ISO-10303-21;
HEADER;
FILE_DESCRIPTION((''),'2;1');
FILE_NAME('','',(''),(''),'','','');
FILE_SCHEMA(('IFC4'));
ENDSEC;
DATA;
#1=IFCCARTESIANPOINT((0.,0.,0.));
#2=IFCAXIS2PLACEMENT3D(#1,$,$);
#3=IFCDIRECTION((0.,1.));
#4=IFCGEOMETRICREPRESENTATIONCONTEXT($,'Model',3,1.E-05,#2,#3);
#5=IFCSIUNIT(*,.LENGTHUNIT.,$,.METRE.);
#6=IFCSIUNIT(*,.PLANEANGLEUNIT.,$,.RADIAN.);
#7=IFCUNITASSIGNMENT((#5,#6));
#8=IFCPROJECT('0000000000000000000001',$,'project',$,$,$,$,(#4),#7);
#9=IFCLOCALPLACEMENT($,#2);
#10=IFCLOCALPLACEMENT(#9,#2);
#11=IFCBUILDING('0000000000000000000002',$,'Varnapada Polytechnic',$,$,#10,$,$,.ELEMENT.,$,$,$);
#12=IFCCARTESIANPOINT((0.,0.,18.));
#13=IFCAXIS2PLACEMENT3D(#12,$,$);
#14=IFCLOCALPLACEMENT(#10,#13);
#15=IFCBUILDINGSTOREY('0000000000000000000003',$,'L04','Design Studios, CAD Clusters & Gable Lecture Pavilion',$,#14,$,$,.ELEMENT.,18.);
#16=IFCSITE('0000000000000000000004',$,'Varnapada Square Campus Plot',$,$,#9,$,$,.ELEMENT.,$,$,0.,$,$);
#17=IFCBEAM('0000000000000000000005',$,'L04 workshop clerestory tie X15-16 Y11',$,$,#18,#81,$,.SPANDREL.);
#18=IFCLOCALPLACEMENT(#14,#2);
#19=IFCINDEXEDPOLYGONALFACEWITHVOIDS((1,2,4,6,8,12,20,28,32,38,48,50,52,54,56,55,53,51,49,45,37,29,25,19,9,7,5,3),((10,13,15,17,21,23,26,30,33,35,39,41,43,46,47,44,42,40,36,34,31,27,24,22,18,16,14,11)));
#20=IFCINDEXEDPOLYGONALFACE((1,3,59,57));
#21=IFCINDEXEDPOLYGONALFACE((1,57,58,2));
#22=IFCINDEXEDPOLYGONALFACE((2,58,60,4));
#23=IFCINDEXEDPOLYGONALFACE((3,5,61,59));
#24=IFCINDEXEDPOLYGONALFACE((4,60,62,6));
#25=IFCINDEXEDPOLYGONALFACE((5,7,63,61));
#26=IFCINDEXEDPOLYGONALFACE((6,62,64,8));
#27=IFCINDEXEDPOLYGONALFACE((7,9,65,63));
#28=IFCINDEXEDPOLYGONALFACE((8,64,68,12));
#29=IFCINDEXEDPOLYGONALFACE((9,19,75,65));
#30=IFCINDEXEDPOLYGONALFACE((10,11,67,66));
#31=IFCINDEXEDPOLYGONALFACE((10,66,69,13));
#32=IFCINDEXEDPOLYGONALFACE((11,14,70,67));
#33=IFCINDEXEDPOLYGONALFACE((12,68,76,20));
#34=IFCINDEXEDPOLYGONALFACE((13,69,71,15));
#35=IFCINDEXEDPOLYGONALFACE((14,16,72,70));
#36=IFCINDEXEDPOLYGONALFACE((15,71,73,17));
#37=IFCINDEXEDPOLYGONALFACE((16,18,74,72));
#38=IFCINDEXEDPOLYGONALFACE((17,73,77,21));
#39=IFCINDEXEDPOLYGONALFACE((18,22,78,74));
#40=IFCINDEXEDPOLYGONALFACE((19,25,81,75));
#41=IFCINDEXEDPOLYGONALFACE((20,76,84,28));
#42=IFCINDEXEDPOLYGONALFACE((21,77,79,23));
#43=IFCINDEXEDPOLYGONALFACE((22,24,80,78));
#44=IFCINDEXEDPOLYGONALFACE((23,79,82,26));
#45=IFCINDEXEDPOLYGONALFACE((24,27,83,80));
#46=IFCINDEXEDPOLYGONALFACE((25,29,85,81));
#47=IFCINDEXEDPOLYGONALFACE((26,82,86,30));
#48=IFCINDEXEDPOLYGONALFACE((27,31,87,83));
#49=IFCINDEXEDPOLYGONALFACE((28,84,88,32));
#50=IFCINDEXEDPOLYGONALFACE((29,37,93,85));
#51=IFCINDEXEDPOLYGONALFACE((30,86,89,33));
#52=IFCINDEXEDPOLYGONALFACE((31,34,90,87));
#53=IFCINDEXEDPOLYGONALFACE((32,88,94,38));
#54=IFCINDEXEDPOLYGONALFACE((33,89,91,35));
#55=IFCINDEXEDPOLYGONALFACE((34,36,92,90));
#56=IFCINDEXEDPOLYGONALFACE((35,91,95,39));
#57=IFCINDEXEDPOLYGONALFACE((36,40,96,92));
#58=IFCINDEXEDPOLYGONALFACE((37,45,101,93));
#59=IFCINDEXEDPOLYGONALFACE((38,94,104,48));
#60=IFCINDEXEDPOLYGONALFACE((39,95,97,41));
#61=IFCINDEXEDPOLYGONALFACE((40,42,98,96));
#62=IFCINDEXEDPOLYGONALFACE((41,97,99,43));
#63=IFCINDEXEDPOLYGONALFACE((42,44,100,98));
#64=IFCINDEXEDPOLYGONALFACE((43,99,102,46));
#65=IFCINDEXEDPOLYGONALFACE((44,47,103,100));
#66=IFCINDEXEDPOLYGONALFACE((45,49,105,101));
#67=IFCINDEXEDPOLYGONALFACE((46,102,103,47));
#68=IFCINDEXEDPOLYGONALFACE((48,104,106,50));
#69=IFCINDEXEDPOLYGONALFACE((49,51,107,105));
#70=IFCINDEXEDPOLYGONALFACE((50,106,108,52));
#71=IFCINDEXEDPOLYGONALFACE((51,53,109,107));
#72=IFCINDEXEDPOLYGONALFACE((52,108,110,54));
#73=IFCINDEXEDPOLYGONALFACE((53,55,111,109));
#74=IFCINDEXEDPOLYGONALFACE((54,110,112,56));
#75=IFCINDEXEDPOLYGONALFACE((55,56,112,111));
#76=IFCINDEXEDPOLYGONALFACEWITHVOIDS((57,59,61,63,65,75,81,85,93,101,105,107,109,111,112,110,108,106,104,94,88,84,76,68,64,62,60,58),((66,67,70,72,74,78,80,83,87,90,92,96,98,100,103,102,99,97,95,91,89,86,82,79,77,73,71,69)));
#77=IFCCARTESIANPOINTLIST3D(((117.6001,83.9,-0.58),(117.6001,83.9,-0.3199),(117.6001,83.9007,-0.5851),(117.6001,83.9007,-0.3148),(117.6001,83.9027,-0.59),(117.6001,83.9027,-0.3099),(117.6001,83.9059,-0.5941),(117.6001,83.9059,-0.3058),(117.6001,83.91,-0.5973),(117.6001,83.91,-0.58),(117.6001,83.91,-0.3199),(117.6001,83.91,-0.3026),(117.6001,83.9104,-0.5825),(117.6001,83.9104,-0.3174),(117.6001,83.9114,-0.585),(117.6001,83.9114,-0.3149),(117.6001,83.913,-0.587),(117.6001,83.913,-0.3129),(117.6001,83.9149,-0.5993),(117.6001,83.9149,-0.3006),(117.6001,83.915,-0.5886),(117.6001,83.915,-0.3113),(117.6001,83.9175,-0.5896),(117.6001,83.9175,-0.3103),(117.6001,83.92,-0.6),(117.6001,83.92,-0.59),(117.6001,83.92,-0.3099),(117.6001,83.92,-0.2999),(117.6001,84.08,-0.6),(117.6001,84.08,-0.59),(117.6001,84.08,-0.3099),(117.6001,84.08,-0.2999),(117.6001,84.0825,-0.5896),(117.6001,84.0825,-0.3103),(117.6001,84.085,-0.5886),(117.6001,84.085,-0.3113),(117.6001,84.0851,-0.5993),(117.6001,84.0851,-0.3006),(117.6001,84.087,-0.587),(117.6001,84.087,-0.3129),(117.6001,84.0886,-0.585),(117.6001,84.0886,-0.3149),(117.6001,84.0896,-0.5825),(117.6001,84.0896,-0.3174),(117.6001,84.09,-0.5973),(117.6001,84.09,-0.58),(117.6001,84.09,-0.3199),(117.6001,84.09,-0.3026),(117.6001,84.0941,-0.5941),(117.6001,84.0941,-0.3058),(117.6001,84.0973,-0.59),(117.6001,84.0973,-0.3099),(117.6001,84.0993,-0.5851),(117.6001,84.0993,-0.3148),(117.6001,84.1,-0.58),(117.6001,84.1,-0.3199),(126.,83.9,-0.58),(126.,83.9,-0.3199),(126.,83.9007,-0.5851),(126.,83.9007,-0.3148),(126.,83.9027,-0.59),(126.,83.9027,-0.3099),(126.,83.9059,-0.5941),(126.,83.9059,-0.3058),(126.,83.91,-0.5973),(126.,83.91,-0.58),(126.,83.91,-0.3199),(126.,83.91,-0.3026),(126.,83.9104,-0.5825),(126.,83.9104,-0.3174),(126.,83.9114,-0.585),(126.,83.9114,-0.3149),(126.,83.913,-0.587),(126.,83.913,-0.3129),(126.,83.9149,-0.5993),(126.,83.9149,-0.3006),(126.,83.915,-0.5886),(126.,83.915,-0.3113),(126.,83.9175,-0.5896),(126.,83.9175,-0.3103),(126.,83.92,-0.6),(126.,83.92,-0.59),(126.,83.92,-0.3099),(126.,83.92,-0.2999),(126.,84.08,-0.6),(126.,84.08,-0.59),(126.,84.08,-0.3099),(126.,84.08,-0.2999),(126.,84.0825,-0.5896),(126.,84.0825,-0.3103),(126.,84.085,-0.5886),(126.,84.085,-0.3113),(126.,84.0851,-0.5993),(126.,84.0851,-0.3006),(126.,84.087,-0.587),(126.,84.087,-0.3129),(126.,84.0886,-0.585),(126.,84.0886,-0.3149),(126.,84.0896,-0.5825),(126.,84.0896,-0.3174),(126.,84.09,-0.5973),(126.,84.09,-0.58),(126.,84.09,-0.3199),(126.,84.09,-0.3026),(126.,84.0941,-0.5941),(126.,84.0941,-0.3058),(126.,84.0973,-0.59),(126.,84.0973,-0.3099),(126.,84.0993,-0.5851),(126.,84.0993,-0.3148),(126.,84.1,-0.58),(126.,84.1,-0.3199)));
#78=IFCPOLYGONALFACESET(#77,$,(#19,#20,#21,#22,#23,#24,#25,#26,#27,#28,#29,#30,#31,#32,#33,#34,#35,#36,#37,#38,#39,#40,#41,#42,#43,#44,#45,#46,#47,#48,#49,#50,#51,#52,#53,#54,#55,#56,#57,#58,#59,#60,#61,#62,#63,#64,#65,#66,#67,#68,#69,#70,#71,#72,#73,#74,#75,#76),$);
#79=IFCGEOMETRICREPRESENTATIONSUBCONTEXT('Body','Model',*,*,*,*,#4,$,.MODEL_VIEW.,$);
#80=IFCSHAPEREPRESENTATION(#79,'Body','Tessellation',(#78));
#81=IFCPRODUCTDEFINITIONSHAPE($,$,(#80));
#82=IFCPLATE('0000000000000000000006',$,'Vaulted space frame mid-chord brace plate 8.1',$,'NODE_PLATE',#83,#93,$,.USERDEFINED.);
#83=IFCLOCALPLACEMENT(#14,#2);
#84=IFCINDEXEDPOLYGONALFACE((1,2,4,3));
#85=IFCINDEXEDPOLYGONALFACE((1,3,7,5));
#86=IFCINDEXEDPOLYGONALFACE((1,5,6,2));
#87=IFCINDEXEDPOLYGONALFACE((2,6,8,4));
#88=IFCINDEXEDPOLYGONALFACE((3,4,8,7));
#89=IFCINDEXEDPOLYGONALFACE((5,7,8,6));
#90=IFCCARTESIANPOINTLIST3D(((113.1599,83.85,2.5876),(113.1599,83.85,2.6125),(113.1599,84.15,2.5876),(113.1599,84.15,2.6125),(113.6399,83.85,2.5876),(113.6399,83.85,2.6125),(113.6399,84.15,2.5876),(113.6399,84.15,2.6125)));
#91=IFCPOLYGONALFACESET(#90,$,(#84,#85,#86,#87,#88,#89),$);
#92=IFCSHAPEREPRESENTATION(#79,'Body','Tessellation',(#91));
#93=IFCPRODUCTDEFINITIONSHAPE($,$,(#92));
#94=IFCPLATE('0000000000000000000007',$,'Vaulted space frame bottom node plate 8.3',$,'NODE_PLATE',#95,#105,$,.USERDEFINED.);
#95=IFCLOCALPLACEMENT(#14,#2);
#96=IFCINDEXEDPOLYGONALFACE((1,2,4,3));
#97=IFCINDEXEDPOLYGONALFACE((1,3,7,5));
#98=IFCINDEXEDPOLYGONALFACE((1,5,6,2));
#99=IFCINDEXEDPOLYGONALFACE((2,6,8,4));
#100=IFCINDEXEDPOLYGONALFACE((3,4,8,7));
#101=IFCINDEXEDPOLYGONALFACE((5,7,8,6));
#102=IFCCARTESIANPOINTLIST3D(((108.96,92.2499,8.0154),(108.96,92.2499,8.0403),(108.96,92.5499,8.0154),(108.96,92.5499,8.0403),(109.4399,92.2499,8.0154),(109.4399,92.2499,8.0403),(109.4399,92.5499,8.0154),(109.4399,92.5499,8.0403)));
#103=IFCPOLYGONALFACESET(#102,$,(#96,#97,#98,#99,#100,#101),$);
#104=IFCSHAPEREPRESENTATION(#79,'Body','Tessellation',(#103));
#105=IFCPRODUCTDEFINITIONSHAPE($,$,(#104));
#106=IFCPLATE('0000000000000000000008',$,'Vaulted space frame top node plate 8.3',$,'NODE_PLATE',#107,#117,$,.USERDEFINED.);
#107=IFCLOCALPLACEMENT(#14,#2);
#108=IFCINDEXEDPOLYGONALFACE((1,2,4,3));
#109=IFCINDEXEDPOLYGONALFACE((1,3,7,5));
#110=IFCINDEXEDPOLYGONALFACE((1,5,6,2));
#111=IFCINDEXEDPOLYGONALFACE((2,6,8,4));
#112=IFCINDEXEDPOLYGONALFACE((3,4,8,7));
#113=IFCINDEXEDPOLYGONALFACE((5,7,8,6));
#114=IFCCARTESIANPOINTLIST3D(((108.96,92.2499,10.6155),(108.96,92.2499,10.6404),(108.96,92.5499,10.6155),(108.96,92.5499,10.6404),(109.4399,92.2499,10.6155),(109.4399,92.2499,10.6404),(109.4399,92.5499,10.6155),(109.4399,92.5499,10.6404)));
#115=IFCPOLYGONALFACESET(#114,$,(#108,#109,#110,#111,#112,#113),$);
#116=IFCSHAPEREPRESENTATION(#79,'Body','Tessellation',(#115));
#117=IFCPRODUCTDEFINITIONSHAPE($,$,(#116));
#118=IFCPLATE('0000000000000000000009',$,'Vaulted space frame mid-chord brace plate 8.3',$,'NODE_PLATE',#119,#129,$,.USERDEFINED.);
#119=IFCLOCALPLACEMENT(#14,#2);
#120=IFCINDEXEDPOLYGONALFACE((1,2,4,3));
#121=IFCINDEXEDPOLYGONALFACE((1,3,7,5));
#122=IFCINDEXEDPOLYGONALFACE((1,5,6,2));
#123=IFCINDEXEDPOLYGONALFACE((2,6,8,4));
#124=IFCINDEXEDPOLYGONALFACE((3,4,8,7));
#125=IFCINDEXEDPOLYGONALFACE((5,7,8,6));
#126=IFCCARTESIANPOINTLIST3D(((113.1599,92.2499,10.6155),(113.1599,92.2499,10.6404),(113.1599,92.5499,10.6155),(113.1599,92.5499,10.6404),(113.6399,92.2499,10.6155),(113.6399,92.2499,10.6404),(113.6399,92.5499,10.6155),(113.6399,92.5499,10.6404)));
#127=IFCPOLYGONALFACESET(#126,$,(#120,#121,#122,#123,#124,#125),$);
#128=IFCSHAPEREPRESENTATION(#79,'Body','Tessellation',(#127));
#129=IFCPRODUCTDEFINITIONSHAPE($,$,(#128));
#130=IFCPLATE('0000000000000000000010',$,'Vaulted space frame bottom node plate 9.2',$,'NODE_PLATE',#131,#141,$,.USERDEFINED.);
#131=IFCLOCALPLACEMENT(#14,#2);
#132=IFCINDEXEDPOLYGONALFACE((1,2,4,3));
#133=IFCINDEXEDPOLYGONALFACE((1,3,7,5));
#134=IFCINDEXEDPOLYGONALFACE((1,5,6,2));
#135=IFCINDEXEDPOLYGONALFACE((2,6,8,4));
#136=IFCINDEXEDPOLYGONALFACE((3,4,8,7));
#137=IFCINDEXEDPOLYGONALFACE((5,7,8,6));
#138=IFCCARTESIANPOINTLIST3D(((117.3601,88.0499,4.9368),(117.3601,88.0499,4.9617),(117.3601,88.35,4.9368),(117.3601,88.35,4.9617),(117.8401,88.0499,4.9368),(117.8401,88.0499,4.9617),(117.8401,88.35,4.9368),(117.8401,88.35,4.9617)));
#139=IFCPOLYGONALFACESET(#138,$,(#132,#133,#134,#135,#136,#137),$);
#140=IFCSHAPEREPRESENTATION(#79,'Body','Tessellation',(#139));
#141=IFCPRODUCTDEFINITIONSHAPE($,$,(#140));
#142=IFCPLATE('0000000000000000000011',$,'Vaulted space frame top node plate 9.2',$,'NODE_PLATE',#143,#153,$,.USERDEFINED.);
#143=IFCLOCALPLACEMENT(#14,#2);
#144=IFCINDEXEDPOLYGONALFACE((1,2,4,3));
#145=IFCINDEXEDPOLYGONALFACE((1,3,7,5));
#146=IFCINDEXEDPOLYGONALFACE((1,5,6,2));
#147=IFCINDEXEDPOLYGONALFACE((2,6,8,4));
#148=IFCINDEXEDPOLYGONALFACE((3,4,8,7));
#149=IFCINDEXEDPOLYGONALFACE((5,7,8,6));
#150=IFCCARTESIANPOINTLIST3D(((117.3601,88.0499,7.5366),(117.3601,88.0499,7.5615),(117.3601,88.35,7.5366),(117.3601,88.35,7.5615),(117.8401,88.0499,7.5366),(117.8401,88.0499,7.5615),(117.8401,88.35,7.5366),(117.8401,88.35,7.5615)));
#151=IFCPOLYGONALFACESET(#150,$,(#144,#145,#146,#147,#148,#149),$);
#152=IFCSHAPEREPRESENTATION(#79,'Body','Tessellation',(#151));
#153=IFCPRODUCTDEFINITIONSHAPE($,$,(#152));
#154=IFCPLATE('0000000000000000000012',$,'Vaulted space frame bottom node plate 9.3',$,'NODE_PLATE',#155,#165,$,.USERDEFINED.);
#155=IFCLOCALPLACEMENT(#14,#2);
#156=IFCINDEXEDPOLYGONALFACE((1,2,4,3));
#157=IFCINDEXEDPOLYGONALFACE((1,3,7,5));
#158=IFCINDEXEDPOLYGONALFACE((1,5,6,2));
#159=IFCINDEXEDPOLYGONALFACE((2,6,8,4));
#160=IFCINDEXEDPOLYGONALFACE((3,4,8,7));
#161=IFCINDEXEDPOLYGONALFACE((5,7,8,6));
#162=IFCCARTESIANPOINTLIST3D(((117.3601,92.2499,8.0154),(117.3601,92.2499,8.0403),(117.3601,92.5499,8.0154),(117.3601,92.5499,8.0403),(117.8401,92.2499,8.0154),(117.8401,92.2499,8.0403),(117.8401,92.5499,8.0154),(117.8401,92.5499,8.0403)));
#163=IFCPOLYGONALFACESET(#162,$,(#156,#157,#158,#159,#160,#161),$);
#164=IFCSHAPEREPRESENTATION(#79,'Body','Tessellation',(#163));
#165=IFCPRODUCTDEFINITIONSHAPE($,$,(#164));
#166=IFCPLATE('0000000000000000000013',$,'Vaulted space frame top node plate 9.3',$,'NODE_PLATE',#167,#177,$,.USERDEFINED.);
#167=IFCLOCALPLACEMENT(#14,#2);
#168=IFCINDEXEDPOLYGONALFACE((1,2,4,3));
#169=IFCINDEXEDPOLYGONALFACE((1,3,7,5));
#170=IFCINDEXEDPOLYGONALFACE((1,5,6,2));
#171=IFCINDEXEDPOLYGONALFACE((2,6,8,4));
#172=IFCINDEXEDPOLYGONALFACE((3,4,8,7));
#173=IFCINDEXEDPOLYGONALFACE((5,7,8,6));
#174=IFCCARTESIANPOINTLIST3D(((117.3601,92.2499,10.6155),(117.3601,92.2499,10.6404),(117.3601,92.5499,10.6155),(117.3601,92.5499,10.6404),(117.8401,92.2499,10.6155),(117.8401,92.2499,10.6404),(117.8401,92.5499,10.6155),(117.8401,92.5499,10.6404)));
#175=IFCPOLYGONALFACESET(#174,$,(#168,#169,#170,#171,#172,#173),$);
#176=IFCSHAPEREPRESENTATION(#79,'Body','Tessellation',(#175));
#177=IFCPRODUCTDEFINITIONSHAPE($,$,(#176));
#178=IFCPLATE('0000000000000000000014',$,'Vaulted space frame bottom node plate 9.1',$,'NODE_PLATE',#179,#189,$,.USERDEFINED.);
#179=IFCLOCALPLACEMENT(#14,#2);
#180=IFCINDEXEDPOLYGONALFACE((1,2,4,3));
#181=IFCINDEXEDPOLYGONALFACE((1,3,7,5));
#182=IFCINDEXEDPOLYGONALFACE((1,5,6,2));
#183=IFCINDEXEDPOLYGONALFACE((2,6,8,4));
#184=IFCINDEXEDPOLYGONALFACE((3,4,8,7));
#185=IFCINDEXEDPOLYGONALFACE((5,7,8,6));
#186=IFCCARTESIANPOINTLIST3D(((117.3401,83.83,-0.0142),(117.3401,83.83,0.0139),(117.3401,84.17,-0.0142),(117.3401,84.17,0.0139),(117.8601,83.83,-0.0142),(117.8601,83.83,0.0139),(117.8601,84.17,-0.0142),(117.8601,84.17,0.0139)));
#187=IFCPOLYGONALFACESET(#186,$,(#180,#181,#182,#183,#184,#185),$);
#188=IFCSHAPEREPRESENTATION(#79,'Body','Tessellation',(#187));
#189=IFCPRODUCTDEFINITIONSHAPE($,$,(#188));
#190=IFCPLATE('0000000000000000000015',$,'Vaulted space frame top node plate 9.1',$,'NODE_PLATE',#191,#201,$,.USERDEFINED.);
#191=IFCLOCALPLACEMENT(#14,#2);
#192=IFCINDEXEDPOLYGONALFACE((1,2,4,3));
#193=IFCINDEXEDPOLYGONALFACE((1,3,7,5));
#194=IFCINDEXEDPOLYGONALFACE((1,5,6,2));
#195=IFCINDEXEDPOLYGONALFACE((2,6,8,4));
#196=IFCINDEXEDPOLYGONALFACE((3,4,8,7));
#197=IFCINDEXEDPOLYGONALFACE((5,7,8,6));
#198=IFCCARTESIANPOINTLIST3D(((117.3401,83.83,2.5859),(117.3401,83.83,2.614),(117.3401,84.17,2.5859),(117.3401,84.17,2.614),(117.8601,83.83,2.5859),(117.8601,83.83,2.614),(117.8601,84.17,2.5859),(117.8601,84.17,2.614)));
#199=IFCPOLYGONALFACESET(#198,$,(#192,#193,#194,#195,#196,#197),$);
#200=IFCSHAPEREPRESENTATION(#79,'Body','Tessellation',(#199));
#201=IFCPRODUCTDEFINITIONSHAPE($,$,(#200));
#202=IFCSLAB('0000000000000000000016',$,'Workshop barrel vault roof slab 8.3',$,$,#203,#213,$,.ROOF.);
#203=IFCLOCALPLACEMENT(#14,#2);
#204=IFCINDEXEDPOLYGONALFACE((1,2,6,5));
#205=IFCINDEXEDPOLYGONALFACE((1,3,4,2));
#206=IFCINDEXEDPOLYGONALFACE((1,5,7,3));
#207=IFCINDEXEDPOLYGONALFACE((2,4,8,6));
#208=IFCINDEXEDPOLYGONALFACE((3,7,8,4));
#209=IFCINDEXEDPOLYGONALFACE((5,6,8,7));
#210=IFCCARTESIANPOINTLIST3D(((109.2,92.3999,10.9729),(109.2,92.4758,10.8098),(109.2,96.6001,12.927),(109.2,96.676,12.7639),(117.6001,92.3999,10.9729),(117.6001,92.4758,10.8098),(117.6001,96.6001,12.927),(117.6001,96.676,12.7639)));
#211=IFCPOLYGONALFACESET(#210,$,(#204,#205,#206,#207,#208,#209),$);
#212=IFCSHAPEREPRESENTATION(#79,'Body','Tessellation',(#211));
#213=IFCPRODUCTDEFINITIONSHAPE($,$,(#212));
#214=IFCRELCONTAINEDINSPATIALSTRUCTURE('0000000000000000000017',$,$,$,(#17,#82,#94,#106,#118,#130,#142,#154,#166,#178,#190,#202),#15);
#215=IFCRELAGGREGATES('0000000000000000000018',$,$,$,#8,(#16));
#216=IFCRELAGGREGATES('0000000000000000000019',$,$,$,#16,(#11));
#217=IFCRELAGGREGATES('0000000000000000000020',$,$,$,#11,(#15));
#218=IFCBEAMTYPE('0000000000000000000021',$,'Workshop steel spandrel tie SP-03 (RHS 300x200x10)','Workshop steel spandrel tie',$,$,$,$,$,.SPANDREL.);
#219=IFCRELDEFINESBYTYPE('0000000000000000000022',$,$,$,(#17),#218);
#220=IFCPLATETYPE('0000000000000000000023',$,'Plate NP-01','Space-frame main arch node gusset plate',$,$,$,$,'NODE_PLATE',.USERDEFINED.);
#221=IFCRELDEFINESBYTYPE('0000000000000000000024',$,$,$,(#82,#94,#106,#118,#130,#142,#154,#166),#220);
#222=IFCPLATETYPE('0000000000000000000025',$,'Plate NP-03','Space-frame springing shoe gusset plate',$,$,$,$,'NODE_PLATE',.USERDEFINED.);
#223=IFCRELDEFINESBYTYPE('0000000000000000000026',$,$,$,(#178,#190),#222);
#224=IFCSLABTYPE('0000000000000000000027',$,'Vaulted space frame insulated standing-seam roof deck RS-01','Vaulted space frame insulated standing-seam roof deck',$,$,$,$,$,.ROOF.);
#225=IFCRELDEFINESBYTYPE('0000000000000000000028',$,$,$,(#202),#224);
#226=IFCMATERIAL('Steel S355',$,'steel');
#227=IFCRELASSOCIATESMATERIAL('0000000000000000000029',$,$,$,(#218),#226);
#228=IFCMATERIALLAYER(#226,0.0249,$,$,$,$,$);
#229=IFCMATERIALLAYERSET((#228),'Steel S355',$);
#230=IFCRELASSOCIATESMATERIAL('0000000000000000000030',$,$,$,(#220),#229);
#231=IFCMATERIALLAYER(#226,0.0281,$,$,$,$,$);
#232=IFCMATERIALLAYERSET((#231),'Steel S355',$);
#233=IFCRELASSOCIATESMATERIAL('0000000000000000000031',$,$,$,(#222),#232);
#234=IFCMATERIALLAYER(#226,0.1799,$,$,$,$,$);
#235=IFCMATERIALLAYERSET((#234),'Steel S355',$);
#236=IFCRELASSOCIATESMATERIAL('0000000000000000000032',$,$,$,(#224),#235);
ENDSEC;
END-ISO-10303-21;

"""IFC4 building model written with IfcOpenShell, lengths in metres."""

from ifc_helpers import new_model, si_unit, direction, frame, origin, origin_2d, place, context, subcontext, project, spatial, polyline, rectangle, hollow_rectangle, outline, extrude, material, layer, layer_set, material_profile, profile_set, type_object, element, save


model = new_model("IFC4")

# Units and contexts
model_context = context("Model", 3, precision=1e-05, world=origin(), true_north=direction((0.0, 1.0)))
body_context = subcontext(model_context, "Body", "Model", "MODEL_VIEW")
ifc_project = project(units=[si_unit("LENGTHUNIT", "METRE"), si_unit("PLANEANGLEUNIT", "RADIAN")], contexts=[model_context])

# Site, building, storey
site_placement = place(None, origin())
site = spatial("IfcSite", under=ifc_project, at=site_placement, Name="Varnapada Square Campus Plot", CompositionType="ELEMENT", RefElevation=0.0)
building_placement = place(site_placement, origin())
building = spatial("IfcBuilding", under=site, at=building_placement, Name="Varnapada Polytechnic", CompositionType="ELEMENT")
storey_placement = place(building_placement, frame((0.0, 0.0, 18.0)))
storey = spatial("IfcBuildingStorey", under=building, at=storey_placement, Name="L04", Description="Design Studios, CAD Clusters & Gable Lecture Pavilion", CompositionType="ELEMENT", Elevation=18.0)

# Shared definitions
ifc_material = material(Name="Steel S355", Category="steel")

# Beam
ifc_material_profile_1 = material_profile(ifc_material, hollow_rectangle(XDim=0.2, YDim=0.3, WallThickness=0.01, InnerFilletRadius=0.01, OuterFilletRadius=0.02, at=origin_2d()), Name="RHS 300x200x10")
ifc_profile_set_1 = profile_set([ifc_material_profile_1], Name="Steel S355")
beam_type_1 = type_object("IfcBeamType", Name="Workshop steel spandrel tie SP-03 (RHS 300x200x10)", Description="Workshop steel spandrel tie", PredefinedType="SPANDREL", material=ifc_profile_set_1)
beam_1_placement = place(storey_placement, frame((117.6001, 84.0, -0.45), z_axis=(1.0, 0.0, 0.0), x_axis=(0.0, 1.0, 0.0)))
element("IfcBeam", 1, at=beam_1_placement, inside=storey, type_object=beam_type_1, Name="L04 workshop clerestory tie X15-16 Y11", PredefinedType="SPANDREL", context=body_context, shape_type="SweptSolid", body=[
    extrude(hollow_rectangle(XDim=0.2, YDim=0.3, WallThickness=0.01, InnerFilletRadius=0.01, OuterFilletRadius=0.02, at=origin_2d()), origin(), (0.0, 0.0, 1.0), 8.3999),
])

# Plates
ifc_layer_1 = layer(ifc_material, 0.0249)
ifc_layer_set_1 = layer_set([ifc_layer_1], Name="Steel S355")
plate_type_1 = type_object("IfcPlateType", Name="Plate NP-01", Description="Space-frame main arch node gusset plate", ElementType="NODE_PLATE", PredefinedType="USERDEFINED", material=ifc_layer_set_1)
for number, where, z_axis, x_axis, name in (
    (2, (113.3999, 84.0, 2.5876), (0.0, 0.0, 1.0), (1.0, 0.0, 0.0), "Vaulted space frame mid-chord brace plate 8.1"),
    (3, (109.2, 92.3999, 8.0154), (0.0, 0.0, 1.0), (1.0, 0.0, 0.0), "Vaulted space frame bottom node plate 8.3"),
    (4, (109.2, 92.3999, 10.6155), (0.0, 0.0, 1.0), (1.0, 0.0, 0.0), "Vaulted space frame top node plate 8.3"),
    (5, (113.3999, 92.3999, 10.6155), (0.0, 0.0, 1.0), (1.0, 0.0, 0.0), "Vaulted space frame mid-chord brace plate 8.3"),
    (6, (117.6001, 88.2, 4.9368), (0.0, 0.0, 1.0), (1.0, 0.0, 0.0), "Vaulted space frame bottom node plate 9.2"),
    (7, (117.6001, 88.2, 7.5366), (0.0, 0.0, 1.0), (1.0, 0.0, 0.0), "Vaulted space frame top node plate 9.2"),
    (8, (117.6001, 92.3999, 8.0154), (0.0, 0.0, 1.0), (1.0, 0.0, 0.0), "Vaulted space frame bottom node plate 9.3"),
    (9, (117.6001, 92.3999, 10.6155), (0.0, 0.0, 1.0), (1.0, 0.0, 0.0), "Vaulted space frame top node plate 9.3"),
):
    element("IfcPlate", number, at=place(storey_placement, frame(where, z_axis=z_axis, x_axis=x_axis)), inside=storey, type_object=plate_type_1, Name=name, ObjectType="NODE_PLATE", PredefinedType="USERDEFINED", context=body_context, shape_type="SweptSolid", body=[
        extrude(rectangle(XDim=0.48, YDim=0.3, at=origin_2d()), origin(), (0.0, 0.0, 1.0), 0.0249),
    ])
ifc_layer_2 = layer(ifc_material, 0.0281)
ifc_layer_set_2 = layer_set([ifc_layer_2], Name="Steel S355")
plate_type_2 = type_object("IfcPlateType", Name="Plate NP-03", Description="Space-frame springing shoe gusset plate", ElementType="NODE_PLATE", PredefinedType="USERDEFINED", material=ifc_layer_set_2)
for number, where, z_axis, x_axis, name in (
    (10, (117.6001, 84.0, -0.0142), (0.0, 0.0, 1.0), (1.0, 0.0, 0.0), "Vaulted space frame bottom node plate 9.1"),
    (11, (117.6001, 84.0, 2.5859), (0.0, 0.0, 1.0), (1.0, 0.0, 0.0), "Vaulted space frame top node plate 9.1"),
):
    element("IfcPlate", number, at=place(storey_placement, frame(where, z_axis=z_axis, x_axis=x_axis)), inside=storey, type_object=plate_type_2, Name=name, ObjectType="NODE_PLATE", PredefinedType="USERDEFINED", context=body_context, shape_type="SweptSolid", body=[
        extrude(rectangle(XDim=0.52, YDim=0.3401, at=origin_2d()), origin(), (0.0, 0.0, 1.0), 0.0281),
    ])

# Slab
ifc_layer_3 = layer(ifc_material, 0.1799)
ifc_layer_set_3 = layer_set([ifc_layer_3], Name="Steel S355")
slab_type = type_object("IfcSlabType", Name="Vaulted space frame insulated standing-seam roof deck RS-01", Description="Vaulted space frame insulated standing-seam roof deck", PredefinedType="ROOF", material=ifc_layer_set_3)
slab_placement = place(storey_placement, frame((109.2, 92.3999, 10.9729), z_axis=(0.0, -0.421823, 0.906678), x_axis=(1.0, 0.0, 0.0)))
element("IfcSlab", 12, at=slab_placement, inside=storey, type_object=slab_type, Name="Workshop barrel vault roof slab 8.3", PredefinedType="ROOF", context=body_context, shape_type="SweptSolid", body=[
    extrude(outline(polyline([(0.0, 0.0), (8.4001, 0.0), (8.4001, 4.6325), (0.0, 4.6325), (0.0, 0.0)])), origin(), (0.0, 0.0, -1.0), 0.1799),
])

save(model, "model.ifc")
